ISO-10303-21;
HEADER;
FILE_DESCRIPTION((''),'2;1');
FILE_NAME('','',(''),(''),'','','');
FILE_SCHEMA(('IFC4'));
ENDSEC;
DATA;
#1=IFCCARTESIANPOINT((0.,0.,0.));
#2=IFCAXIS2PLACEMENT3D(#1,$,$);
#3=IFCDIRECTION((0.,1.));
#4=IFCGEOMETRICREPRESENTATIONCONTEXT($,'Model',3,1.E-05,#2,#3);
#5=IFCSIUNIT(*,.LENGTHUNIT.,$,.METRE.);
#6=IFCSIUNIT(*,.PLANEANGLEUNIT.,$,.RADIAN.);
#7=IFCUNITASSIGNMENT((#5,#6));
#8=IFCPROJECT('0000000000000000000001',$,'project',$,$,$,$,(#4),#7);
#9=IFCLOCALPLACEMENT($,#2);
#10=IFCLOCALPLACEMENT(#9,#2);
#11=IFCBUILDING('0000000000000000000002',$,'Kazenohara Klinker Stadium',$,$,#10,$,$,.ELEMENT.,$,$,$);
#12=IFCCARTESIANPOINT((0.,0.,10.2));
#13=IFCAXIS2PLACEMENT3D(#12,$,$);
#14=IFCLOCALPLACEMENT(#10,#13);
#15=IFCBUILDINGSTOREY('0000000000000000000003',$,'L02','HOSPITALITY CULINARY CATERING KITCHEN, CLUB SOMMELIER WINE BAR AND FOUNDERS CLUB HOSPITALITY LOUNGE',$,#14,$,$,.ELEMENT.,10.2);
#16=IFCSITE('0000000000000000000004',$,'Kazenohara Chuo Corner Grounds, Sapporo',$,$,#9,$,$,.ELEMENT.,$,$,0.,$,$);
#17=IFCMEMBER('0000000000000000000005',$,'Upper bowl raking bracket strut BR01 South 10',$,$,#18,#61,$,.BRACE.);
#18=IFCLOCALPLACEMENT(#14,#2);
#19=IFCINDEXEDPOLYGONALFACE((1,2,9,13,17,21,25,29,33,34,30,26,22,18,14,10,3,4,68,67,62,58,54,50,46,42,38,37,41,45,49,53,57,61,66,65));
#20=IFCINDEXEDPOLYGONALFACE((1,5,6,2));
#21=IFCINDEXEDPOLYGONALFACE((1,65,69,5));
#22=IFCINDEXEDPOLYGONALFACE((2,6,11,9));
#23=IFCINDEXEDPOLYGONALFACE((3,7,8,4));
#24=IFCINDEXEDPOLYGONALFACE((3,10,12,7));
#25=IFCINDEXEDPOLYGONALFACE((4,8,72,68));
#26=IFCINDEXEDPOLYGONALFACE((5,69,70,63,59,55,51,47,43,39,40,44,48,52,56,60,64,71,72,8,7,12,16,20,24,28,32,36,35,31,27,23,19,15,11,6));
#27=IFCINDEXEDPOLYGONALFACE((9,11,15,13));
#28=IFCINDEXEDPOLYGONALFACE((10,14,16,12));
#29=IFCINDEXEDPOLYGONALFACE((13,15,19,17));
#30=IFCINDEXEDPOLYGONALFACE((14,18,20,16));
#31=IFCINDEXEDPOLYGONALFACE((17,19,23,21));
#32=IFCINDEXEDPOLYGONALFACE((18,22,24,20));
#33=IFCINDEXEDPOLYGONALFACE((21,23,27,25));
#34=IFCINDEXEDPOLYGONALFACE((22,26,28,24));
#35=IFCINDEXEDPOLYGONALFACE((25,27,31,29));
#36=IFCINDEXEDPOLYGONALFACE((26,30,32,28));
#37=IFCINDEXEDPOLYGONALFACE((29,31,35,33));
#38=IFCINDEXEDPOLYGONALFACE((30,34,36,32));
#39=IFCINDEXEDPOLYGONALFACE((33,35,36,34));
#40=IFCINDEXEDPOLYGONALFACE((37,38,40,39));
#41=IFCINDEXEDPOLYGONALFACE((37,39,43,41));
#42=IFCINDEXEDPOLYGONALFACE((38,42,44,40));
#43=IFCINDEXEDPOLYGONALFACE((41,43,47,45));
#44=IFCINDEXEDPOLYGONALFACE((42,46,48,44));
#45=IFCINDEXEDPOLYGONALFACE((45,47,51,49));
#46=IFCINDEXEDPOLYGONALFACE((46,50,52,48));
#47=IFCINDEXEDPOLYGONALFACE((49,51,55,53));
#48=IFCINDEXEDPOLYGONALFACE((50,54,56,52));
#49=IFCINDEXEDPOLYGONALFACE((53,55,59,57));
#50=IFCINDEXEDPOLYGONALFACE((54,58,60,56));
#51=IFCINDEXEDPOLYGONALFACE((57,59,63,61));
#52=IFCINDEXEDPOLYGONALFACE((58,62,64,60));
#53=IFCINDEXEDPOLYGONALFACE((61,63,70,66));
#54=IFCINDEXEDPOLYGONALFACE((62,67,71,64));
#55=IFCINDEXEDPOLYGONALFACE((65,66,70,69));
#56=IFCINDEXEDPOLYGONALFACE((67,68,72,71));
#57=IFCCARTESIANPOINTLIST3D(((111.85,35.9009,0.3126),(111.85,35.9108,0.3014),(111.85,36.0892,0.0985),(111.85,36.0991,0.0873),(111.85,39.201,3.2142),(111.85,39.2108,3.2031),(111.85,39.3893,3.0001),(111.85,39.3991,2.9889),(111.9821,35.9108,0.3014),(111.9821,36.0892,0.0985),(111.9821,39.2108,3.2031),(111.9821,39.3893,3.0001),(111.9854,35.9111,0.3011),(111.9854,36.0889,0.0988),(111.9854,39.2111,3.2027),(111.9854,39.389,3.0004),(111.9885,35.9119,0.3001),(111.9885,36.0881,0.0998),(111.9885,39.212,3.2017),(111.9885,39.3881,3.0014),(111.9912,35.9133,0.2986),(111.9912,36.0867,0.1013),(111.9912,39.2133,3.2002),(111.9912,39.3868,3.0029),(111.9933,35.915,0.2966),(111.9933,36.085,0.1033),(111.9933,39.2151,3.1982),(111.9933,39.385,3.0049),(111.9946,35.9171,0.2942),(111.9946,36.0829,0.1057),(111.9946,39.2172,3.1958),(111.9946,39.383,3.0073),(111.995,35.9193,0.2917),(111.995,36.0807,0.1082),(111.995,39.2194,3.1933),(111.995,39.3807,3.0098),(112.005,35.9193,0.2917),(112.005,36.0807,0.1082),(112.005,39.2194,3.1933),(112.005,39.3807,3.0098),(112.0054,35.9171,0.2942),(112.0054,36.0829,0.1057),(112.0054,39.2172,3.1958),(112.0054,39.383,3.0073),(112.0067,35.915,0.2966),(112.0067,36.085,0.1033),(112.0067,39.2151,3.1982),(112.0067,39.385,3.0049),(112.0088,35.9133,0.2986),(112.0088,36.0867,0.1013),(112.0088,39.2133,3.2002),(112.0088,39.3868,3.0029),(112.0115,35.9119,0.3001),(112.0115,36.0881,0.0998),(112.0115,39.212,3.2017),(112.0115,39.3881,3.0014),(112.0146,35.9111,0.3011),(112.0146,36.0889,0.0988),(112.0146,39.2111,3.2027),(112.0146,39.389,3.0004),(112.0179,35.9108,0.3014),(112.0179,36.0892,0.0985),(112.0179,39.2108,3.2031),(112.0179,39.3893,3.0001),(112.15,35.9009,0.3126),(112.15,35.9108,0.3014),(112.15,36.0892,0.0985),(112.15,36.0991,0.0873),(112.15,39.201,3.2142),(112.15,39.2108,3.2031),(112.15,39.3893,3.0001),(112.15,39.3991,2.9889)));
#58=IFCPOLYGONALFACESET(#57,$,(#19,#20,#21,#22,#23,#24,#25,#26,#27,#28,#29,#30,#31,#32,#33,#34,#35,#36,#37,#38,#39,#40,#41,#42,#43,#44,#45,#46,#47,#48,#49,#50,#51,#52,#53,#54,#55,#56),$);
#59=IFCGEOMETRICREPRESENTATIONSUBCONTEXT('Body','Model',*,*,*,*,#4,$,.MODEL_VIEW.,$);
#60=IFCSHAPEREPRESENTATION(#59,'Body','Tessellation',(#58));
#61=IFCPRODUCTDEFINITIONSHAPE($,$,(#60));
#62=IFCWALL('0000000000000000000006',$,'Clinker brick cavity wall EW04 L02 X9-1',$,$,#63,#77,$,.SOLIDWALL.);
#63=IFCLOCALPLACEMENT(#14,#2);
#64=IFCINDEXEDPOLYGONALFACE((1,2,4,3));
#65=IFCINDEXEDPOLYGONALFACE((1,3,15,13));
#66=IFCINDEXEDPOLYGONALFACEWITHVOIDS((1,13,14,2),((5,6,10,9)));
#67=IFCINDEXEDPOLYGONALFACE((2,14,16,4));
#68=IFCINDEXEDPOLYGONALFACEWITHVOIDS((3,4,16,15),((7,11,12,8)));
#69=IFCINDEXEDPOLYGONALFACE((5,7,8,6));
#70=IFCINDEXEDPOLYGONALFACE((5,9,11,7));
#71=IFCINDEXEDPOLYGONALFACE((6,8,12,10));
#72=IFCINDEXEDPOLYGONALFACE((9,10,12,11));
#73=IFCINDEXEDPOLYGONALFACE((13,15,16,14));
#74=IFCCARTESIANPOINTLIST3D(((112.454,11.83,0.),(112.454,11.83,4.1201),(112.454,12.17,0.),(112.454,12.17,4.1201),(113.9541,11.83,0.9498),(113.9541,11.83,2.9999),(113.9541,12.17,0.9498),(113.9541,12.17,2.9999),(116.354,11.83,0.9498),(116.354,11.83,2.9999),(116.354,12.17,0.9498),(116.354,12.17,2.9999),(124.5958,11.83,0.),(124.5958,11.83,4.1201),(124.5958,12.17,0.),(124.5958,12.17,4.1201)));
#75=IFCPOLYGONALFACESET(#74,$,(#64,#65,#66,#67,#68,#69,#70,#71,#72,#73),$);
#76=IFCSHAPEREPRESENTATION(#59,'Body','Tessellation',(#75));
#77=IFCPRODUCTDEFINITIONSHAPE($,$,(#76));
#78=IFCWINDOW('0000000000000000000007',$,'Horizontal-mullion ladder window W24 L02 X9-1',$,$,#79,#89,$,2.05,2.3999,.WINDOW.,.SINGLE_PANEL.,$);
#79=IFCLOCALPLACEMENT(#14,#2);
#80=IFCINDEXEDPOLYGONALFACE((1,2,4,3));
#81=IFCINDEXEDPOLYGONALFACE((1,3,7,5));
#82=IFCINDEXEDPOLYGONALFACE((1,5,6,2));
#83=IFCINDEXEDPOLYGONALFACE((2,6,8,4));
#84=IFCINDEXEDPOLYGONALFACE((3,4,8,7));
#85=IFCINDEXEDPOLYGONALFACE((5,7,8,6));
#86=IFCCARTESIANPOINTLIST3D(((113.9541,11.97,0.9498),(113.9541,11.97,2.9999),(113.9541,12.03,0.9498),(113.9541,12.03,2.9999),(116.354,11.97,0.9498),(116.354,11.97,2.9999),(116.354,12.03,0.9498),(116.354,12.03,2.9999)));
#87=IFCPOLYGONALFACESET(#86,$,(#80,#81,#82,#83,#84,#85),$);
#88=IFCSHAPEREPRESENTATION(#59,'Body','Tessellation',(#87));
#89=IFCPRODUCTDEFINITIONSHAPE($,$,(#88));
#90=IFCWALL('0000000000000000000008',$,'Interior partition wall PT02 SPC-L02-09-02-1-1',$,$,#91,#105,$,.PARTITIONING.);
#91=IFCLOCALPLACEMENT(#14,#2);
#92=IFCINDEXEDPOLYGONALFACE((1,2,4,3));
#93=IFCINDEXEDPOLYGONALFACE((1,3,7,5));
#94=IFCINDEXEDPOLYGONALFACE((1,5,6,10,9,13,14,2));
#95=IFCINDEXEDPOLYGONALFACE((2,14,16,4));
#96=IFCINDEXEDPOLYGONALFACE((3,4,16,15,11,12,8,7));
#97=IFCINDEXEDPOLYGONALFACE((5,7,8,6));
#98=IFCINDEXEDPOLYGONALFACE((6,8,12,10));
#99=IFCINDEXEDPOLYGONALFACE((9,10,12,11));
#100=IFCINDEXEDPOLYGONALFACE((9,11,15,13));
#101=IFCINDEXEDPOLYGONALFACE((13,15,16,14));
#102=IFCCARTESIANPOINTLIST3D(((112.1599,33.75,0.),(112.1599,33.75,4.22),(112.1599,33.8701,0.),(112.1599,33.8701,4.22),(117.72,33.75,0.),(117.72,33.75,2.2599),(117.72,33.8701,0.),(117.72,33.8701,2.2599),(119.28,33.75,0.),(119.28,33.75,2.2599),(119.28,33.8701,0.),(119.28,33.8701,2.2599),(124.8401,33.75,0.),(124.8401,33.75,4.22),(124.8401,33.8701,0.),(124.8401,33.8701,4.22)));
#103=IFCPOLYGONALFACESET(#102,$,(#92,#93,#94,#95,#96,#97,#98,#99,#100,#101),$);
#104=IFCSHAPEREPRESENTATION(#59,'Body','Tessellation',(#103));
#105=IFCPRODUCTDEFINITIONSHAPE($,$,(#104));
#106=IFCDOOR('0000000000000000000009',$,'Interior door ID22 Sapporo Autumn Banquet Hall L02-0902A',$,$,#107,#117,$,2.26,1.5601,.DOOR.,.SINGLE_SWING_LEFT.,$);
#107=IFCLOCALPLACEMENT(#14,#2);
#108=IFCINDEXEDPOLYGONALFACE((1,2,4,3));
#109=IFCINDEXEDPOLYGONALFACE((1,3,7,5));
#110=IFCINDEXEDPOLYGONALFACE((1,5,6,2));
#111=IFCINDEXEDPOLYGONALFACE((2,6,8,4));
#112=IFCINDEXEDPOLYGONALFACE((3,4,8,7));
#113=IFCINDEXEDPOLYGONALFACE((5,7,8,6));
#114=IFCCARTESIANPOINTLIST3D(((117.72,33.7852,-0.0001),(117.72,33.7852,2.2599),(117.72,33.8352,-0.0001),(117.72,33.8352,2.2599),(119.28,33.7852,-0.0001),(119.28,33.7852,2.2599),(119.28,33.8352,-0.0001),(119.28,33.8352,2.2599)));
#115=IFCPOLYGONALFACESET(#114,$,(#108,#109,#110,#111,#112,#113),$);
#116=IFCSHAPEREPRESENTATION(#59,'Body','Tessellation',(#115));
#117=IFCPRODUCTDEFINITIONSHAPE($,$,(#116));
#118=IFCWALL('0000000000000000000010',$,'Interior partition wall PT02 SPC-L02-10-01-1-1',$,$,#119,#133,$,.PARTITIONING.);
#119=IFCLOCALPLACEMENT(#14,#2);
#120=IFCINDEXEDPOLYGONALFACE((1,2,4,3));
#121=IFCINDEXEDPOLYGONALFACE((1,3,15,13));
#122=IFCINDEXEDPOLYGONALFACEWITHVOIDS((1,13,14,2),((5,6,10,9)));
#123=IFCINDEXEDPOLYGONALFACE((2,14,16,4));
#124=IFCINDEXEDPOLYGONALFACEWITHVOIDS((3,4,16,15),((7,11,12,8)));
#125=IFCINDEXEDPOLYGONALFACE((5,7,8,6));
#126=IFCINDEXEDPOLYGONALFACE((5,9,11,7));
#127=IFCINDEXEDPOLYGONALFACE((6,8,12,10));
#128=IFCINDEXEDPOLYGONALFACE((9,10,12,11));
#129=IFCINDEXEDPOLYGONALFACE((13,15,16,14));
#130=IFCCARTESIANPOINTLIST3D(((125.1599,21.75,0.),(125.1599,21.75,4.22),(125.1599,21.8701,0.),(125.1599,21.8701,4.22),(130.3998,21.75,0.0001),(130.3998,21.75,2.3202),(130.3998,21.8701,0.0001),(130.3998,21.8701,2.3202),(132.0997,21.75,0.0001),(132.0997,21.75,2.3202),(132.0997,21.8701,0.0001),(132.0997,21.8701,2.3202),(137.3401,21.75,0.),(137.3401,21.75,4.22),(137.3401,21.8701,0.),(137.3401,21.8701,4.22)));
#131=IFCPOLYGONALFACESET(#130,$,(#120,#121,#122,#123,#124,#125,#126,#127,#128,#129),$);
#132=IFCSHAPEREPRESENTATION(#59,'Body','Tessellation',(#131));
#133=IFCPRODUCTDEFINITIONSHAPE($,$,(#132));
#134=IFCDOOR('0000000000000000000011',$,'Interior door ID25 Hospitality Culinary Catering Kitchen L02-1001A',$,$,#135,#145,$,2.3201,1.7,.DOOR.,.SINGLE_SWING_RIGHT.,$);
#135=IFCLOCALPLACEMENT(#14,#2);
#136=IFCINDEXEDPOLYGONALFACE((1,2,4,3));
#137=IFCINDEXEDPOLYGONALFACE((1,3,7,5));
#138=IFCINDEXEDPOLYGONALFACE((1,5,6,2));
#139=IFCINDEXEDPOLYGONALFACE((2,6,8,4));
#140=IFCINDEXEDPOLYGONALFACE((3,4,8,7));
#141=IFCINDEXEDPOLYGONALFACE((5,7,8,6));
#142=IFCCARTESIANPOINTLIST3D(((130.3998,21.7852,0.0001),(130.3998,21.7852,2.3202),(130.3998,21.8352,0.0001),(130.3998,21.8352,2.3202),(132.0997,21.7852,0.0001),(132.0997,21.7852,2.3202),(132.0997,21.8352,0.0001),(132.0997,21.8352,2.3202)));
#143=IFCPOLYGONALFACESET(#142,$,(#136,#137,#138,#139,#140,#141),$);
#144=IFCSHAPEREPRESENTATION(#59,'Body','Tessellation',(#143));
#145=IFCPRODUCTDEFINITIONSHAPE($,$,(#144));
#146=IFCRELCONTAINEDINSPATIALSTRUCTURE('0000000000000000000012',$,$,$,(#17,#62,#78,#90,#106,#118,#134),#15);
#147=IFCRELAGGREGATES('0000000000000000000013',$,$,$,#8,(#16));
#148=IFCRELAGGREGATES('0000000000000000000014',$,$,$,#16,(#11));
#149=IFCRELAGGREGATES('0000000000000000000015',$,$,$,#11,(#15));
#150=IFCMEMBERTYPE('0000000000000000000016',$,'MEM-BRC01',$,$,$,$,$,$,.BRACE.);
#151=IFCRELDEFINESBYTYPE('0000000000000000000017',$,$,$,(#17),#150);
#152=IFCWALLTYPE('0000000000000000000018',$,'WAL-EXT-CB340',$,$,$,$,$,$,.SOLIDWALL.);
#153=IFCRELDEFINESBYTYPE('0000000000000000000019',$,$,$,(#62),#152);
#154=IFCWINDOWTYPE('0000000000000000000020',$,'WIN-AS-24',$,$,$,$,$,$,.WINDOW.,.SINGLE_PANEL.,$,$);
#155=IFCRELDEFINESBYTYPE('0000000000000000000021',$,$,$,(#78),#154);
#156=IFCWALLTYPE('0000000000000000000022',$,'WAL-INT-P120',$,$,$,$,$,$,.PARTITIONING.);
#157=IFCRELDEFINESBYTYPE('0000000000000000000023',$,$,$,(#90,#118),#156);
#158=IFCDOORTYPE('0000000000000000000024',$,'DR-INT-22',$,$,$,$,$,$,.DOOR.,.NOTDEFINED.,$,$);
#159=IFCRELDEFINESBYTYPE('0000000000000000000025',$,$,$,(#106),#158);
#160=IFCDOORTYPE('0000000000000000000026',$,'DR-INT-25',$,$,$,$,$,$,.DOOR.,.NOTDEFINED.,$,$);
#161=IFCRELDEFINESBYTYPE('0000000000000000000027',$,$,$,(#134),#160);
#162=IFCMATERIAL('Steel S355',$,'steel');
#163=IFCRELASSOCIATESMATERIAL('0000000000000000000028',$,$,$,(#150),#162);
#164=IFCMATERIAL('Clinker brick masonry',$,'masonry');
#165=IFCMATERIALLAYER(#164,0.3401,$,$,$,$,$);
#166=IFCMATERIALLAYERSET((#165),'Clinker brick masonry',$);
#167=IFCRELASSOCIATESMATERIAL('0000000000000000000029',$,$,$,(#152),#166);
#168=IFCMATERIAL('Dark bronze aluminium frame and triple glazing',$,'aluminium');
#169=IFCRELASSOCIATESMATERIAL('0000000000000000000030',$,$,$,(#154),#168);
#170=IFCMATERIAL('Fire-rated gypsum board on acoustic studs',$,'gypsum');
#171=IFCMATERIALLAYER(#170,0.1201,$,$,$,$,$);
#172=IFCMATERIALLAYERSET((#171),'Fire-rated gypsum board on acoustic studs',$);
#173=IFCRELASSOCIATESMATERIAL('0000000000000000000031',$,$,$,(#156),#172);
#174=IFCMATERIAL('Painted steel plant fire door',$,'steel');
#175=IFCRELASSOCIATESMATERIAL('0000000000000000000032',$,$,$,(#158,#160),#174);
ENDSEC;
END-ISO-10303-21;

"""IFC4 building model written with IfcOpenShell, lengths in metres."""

from ifc_helpers import new_model, si_unit, direction, frame, frame_2d, origin, origin_2d, place, context, subcontext, project, spatial, rectangle, i_section, extrude, material, layer, layer_set, material_profile, profile_set, type_object, element, fill, save


model = new_model("IFC4")

# Units and contexts
model_context = context("Model", 3, precision=1e-05, world=origin(), true_north=direction((0.0, 1.0)))
body_context = subcontext(model_context, "Body", "Model", "MODEL_VIEW")
ifc_project = project(units=[si_unit("LENGTHUNIT", "METRE"), si_unit("PLANEANGLEUNIT", "RADIAN")], contexts=[model_context])

# Site, building, storey
site_placement = place(None, origin())
site = spatial("IfcSite", under=ifc_project, at=site_placement, Name="Kazenohara Chuo Corner Grounds, Sapporo", CompositionType="ELEMENT", RefElevation=0.0)
building_placement = place(site_placement, origin())
building = spatial("IfcBuilding", under=site, at=building_placement, Name="Kazenohara Klinker Stadium", CompositionType="ELEMENT")
storey_placement = place(building_placement, frame((0.0, 0.0, 10.2)))
storey = spatial("IfcBuildingStorey", under=building, at=storey_placement, Name="L02", Description="HOSPITALITY CULINARY CATERING KITCHEN, CLUB SOMMELIER WINE BAR AND FOUNDERS CLUB HOSPITALITY LOUNGE", CompositionType="ELEMENT", Elevation=10.2)

# Shared definitions
ifc_material_1 = material(Name="Steel S355", Category="steel")

# Member
ifc_material_profile_1 = material_profile(ifc_material_1, i_section(OverallWidth=0.3, OverallDepth=0.3, WebThickness=0.01, FlangeThickness=0.0149, FilletRadius=0.0129, at=origin_2d()), Name="H-300x300x10x15")
ifc_profile_set_1 = profile_set([ifc_material_profile_1], Name="Steel S355")
member_type = type_object("IfcMemberType", Name="MEM-BRC01", PredefinedType="BRACE", material=ifc_profile_set_1)
member_placement = place(storey_placement, frame((112.0, 36.0, 0.2), z_axis=(0.0, 0.750988, 0.660316), x_axis=(-1.0, 0.0, 0.0)))
element("IfcMember", 1, at=member_placement, inside=storey, type_object=member_type, Name="Upper bowl raking bracket strut BR01 South 10", PredefinedType="BRACE", context=body_context, shape_type="SweptSolid", body=[
    extrude(i_section(OverallWidth=0.3, OverallDepth=0.3, WebThickness=0.01, FlangeThickness=0.0149, FilletRadius=0.0129, at=origin_2d()), origin(), (0.0, 0.0, 1.0), 4.3943),
])

# Wall, opening, window
ifc_material_2 = material(Name="Clinker brick masonry", Category="masonry")
ifc_layer_1 = layer(ifc_material_2, 0.3401)
ifc_layer_set_1 = layer_set([ifc_layer_1], Name="Clinker brick masonry")
wall_type_1 = type_object("IfcWallType", Name="WAL-EXT-CB340", PredefinedType="SOLIDWALL", material=ifc_layer_set_1)
wall_1_placement = place(storey_placement, frame((112.4541, 12.0, 0.0), z_axis=(0.0, 0.0, 1.0), x_axis=(1.0, 0.0, 0.0)))
wall_1 = element("IfcWall", 2, at=wall_1_placement, inside=storey, type_object=wall_type_1, Name="Clinker brick cavity wall EW04 L02 X9-1", PredefinedType="SOLIDWALL", context=body_context, shape_type="SweptSolid", body=[
    extrude(rectangle(XDim=12.1418, YDim=0.3401, at=frame_2d((6.0708, 0.0))), origin(), (0.0, 0.0, 1.0), 4.1201),
])
opening_1_placement = place(wall_1_placement, frame((1.5, 0.0, 0.95)))
opening_1 = element("IfcOpeningElement", 3, at=opening_1_placement, cuts=wall_1, PredefinedType="OPENING", context=body_context, shape_type="SweptSolid", body=[
    extrude(rectangle(XDim=2.3999, YDim=2.05, at=frame_2d((1.2, 1.0249))), frame((0.0, 0.1802, 0.0), z_axis=(0.0, -1.0, 0.0), x_axis=(1.0, 0.0, 0.0)), (0.0, 0.0, 1.0), 0.3601),
])
ifc_material_3 = material(Name="Dark bronze aluminium frame and triple glazing", Category="aluminium")
window_type = type_object("IfcWindowType", Name="WIN-AS-24", PartitioningType="SINGLE_PANEL", PredefinedType="WINDOW", material=ifc_material_3)
window_placement = place(opening_1_placement, origin())
window = element("IfcWindow", 4, at=window_placement, inside=storey, type_object=window_type, Name="Horizontal-mullion ladder window W24 L02 X9-1", OverallHeight=2.05, OverallWidth=2.3999, PartitioningType="SINGLE_PANEL", PredefinedType="WINDOW", context=body_context, shape_type="SweptSolid", body=[
    extrude(rectangle(XDim=2.3999, YDim=2.05, at=frame_2d((1.2, 1.0249))), frame((0.0, 0.03, 0.0), z_axis=(0.0, -1.0, 0.0), x_axis=(1.0, 0.0, 0.0)), (0.0, 0.0, 1.0), 0.0601),
])
fill(opening_1, window)

# Walls, openings, doors
ifc_material_4 = material(Name="Fire-rated gypsum board on acoustic studs", Category="gypsum")
ifc_layer_2 = layer(ifc_material_4, 0.1201)
ifc_layer_set_2 = layer_set([ifc_layer_2], Name="Fire-rated gypsum board on acoustic studs")
wall_type_2 = type_object("IfcWallType", Name="WAL-INT-P120", PredefinedType="PARTITIONING", material=ifc_layer_set_2)
wall_2_placement = place(storey_placement, frame((112.1599, 33.8101, 0.0), z_axis=(0.0, 0.0, 1.0), x_axis=(1.0, 0.0, 0.0)))
wall_2 = element("IfcWall", 5, at=wall_2_placement, inside=storey, type_object=wall_type_2, Name="Interior partition wall PT02 SPC-L02-09-02-1-1", PredefinedType="PARTITIONING", context=body_context, shape_type="SweptSolid", body=[
    extrude(rectangle(XDim=12.6802, YDim=0.1201, at=frame_2d((6.3401, 0.0))), origin(), (0.0, 0.0, 1.0), 4.22),
])
opening_2_placement = place(wall_2_placement, frame((7.1201, 0.0, 0.0), z_axis=(0.0, 0.0, 1.0), x_axis=(-1.0, 0.0, 0.0)))
opening_2 = element("IfcOpeningElement", 6, at=opening_2_placement, cuts=wall_2, PredefinedType="OPENING", context=body_context, shape_type="SweptSolid", body=[
    extrude(rectangle(XDim=1.5601, YDim=2.26, at=frame_2d((0.78, 1.1299))), frame((0.0, 0.0701, 0.0), z_axis=(0.0, -1.0, 0.0), x_axis=(1.0, 0.0, 0.0)), (0.0, 0.0, 1.0), 0.1401),
])
ifc_material_5 = material(Name="Painted steel plant fire door", Category="steel")
door_type_1 = type_object("IfcDoorType", Name="DR-INT-22", OperationType="NOTDEFINED", PredefinedType="DOOR", material=ifc_material_5)
door_1_placement = place(opening_2_placement, origin())
door_1 = element("IfcDoor", 7, at=door_1_placement, inside=storey, type_object=door_type_1, Name="Interior door ID22 Sapporo Autumn Banquet Hall L02-0902A", OperationType="SINGLE_SWING_LEFT", OverallHeight=2.26, OverallWidth=1.5601, PredefinedType="DOOR", context=body_context, shape_type="SweptSolid", body=[
    extrude(rectangle(XDim=1.5601, YDim=2.26, at=frame_2d((0.78, 1.1299))), frame((0.0, 0.0249, 0.0), z_axis=(0.0, -1.0, 0.0), x_axis=(1.0, 0.0, 0.0)), (0.0, 0.0, 1.0), 0.05),
])
fill(opening_2, door_1)
wall_3_placement = place(storey_placement, frame((125.1599, 21.8101, 0.0), z_axis=(0.0, 0.0, 1.0), x_axis=(1.0, 0.0, 0.0)))
wall_3 = element("IfcWall", 8, at=wall_3_placement, inside=storey, type_object=wall_type_2, Name="Interior partition wall PT02 SPC-L02-10-01-1-1", PredefinedType="PARTITIONING", context=body_context, shape_type="SweptSolid", body=[
    extrude(rectangle(XDim=12.1802, YDim=0.1201, at=frame_2d((6.0901, 0.0))), origin(), (0.0, 0.0, 1.0), 4.22),
])
opening_3_placement = place(wall_3_placement, frame((6.9399, 0.0, 0.0), z_axis=(0.0, 0.0, 1.0), x_axis=(-1.0, 0.0, 0.0)))
opening_3 = element("IfcOpeningElement", 9, at=opening_3_placement, cuts=wall_3, PredefinedType="OPENING", context=body_context, shape_type="SweptSolid", body=[
    extrude(rectangle(XDim=1.7, YDim=2.3201, at=frame_2d((0.8501, 1.1602))), frame((0.0, 0.0701, 0.0), z_axis=(0.0, -1.0, 0.0), x_axis=(1.0, 0.0, 0.0)), (0.0, 0.0, 1.0), 0.1401),
])
door_type_2 = type_object("IfcDoorType", Name="DR-INT-25", OperationType="NOTDEFINED", PredefinedType="DOOR", material=ifc_material_5)
door_2_placement = place(opening_3_placement, origin())
door_2 = element("IfcDoor", 10, at=door_2_placement, inside=storey, type_object=door_type_2, Name="Interior door ID25 Hospitality Culinary Catering Kitchen L02-1001A", OperationType="SINGLE_SWING_RIGHT", OverallHeight=2.3201, OverallWidth=1.7, PredefinedType="DOOR", context=body_context, shape_type="SweptSolid", body=[
    extrude(rectangle(XDim=1.7, YDim=2.3201, at=frame_2d((0.8501, 1.1602))), frame((0.0, 0.0249, 0.0), z_axis=(0.0, -1.0, 0.0), x_axis=(1.0, 0.0, 0.0)), (0.0, 0.0, 1.0), 0.05),
])
fill(opening_3, door_2)

save(model, "model.ifc")
